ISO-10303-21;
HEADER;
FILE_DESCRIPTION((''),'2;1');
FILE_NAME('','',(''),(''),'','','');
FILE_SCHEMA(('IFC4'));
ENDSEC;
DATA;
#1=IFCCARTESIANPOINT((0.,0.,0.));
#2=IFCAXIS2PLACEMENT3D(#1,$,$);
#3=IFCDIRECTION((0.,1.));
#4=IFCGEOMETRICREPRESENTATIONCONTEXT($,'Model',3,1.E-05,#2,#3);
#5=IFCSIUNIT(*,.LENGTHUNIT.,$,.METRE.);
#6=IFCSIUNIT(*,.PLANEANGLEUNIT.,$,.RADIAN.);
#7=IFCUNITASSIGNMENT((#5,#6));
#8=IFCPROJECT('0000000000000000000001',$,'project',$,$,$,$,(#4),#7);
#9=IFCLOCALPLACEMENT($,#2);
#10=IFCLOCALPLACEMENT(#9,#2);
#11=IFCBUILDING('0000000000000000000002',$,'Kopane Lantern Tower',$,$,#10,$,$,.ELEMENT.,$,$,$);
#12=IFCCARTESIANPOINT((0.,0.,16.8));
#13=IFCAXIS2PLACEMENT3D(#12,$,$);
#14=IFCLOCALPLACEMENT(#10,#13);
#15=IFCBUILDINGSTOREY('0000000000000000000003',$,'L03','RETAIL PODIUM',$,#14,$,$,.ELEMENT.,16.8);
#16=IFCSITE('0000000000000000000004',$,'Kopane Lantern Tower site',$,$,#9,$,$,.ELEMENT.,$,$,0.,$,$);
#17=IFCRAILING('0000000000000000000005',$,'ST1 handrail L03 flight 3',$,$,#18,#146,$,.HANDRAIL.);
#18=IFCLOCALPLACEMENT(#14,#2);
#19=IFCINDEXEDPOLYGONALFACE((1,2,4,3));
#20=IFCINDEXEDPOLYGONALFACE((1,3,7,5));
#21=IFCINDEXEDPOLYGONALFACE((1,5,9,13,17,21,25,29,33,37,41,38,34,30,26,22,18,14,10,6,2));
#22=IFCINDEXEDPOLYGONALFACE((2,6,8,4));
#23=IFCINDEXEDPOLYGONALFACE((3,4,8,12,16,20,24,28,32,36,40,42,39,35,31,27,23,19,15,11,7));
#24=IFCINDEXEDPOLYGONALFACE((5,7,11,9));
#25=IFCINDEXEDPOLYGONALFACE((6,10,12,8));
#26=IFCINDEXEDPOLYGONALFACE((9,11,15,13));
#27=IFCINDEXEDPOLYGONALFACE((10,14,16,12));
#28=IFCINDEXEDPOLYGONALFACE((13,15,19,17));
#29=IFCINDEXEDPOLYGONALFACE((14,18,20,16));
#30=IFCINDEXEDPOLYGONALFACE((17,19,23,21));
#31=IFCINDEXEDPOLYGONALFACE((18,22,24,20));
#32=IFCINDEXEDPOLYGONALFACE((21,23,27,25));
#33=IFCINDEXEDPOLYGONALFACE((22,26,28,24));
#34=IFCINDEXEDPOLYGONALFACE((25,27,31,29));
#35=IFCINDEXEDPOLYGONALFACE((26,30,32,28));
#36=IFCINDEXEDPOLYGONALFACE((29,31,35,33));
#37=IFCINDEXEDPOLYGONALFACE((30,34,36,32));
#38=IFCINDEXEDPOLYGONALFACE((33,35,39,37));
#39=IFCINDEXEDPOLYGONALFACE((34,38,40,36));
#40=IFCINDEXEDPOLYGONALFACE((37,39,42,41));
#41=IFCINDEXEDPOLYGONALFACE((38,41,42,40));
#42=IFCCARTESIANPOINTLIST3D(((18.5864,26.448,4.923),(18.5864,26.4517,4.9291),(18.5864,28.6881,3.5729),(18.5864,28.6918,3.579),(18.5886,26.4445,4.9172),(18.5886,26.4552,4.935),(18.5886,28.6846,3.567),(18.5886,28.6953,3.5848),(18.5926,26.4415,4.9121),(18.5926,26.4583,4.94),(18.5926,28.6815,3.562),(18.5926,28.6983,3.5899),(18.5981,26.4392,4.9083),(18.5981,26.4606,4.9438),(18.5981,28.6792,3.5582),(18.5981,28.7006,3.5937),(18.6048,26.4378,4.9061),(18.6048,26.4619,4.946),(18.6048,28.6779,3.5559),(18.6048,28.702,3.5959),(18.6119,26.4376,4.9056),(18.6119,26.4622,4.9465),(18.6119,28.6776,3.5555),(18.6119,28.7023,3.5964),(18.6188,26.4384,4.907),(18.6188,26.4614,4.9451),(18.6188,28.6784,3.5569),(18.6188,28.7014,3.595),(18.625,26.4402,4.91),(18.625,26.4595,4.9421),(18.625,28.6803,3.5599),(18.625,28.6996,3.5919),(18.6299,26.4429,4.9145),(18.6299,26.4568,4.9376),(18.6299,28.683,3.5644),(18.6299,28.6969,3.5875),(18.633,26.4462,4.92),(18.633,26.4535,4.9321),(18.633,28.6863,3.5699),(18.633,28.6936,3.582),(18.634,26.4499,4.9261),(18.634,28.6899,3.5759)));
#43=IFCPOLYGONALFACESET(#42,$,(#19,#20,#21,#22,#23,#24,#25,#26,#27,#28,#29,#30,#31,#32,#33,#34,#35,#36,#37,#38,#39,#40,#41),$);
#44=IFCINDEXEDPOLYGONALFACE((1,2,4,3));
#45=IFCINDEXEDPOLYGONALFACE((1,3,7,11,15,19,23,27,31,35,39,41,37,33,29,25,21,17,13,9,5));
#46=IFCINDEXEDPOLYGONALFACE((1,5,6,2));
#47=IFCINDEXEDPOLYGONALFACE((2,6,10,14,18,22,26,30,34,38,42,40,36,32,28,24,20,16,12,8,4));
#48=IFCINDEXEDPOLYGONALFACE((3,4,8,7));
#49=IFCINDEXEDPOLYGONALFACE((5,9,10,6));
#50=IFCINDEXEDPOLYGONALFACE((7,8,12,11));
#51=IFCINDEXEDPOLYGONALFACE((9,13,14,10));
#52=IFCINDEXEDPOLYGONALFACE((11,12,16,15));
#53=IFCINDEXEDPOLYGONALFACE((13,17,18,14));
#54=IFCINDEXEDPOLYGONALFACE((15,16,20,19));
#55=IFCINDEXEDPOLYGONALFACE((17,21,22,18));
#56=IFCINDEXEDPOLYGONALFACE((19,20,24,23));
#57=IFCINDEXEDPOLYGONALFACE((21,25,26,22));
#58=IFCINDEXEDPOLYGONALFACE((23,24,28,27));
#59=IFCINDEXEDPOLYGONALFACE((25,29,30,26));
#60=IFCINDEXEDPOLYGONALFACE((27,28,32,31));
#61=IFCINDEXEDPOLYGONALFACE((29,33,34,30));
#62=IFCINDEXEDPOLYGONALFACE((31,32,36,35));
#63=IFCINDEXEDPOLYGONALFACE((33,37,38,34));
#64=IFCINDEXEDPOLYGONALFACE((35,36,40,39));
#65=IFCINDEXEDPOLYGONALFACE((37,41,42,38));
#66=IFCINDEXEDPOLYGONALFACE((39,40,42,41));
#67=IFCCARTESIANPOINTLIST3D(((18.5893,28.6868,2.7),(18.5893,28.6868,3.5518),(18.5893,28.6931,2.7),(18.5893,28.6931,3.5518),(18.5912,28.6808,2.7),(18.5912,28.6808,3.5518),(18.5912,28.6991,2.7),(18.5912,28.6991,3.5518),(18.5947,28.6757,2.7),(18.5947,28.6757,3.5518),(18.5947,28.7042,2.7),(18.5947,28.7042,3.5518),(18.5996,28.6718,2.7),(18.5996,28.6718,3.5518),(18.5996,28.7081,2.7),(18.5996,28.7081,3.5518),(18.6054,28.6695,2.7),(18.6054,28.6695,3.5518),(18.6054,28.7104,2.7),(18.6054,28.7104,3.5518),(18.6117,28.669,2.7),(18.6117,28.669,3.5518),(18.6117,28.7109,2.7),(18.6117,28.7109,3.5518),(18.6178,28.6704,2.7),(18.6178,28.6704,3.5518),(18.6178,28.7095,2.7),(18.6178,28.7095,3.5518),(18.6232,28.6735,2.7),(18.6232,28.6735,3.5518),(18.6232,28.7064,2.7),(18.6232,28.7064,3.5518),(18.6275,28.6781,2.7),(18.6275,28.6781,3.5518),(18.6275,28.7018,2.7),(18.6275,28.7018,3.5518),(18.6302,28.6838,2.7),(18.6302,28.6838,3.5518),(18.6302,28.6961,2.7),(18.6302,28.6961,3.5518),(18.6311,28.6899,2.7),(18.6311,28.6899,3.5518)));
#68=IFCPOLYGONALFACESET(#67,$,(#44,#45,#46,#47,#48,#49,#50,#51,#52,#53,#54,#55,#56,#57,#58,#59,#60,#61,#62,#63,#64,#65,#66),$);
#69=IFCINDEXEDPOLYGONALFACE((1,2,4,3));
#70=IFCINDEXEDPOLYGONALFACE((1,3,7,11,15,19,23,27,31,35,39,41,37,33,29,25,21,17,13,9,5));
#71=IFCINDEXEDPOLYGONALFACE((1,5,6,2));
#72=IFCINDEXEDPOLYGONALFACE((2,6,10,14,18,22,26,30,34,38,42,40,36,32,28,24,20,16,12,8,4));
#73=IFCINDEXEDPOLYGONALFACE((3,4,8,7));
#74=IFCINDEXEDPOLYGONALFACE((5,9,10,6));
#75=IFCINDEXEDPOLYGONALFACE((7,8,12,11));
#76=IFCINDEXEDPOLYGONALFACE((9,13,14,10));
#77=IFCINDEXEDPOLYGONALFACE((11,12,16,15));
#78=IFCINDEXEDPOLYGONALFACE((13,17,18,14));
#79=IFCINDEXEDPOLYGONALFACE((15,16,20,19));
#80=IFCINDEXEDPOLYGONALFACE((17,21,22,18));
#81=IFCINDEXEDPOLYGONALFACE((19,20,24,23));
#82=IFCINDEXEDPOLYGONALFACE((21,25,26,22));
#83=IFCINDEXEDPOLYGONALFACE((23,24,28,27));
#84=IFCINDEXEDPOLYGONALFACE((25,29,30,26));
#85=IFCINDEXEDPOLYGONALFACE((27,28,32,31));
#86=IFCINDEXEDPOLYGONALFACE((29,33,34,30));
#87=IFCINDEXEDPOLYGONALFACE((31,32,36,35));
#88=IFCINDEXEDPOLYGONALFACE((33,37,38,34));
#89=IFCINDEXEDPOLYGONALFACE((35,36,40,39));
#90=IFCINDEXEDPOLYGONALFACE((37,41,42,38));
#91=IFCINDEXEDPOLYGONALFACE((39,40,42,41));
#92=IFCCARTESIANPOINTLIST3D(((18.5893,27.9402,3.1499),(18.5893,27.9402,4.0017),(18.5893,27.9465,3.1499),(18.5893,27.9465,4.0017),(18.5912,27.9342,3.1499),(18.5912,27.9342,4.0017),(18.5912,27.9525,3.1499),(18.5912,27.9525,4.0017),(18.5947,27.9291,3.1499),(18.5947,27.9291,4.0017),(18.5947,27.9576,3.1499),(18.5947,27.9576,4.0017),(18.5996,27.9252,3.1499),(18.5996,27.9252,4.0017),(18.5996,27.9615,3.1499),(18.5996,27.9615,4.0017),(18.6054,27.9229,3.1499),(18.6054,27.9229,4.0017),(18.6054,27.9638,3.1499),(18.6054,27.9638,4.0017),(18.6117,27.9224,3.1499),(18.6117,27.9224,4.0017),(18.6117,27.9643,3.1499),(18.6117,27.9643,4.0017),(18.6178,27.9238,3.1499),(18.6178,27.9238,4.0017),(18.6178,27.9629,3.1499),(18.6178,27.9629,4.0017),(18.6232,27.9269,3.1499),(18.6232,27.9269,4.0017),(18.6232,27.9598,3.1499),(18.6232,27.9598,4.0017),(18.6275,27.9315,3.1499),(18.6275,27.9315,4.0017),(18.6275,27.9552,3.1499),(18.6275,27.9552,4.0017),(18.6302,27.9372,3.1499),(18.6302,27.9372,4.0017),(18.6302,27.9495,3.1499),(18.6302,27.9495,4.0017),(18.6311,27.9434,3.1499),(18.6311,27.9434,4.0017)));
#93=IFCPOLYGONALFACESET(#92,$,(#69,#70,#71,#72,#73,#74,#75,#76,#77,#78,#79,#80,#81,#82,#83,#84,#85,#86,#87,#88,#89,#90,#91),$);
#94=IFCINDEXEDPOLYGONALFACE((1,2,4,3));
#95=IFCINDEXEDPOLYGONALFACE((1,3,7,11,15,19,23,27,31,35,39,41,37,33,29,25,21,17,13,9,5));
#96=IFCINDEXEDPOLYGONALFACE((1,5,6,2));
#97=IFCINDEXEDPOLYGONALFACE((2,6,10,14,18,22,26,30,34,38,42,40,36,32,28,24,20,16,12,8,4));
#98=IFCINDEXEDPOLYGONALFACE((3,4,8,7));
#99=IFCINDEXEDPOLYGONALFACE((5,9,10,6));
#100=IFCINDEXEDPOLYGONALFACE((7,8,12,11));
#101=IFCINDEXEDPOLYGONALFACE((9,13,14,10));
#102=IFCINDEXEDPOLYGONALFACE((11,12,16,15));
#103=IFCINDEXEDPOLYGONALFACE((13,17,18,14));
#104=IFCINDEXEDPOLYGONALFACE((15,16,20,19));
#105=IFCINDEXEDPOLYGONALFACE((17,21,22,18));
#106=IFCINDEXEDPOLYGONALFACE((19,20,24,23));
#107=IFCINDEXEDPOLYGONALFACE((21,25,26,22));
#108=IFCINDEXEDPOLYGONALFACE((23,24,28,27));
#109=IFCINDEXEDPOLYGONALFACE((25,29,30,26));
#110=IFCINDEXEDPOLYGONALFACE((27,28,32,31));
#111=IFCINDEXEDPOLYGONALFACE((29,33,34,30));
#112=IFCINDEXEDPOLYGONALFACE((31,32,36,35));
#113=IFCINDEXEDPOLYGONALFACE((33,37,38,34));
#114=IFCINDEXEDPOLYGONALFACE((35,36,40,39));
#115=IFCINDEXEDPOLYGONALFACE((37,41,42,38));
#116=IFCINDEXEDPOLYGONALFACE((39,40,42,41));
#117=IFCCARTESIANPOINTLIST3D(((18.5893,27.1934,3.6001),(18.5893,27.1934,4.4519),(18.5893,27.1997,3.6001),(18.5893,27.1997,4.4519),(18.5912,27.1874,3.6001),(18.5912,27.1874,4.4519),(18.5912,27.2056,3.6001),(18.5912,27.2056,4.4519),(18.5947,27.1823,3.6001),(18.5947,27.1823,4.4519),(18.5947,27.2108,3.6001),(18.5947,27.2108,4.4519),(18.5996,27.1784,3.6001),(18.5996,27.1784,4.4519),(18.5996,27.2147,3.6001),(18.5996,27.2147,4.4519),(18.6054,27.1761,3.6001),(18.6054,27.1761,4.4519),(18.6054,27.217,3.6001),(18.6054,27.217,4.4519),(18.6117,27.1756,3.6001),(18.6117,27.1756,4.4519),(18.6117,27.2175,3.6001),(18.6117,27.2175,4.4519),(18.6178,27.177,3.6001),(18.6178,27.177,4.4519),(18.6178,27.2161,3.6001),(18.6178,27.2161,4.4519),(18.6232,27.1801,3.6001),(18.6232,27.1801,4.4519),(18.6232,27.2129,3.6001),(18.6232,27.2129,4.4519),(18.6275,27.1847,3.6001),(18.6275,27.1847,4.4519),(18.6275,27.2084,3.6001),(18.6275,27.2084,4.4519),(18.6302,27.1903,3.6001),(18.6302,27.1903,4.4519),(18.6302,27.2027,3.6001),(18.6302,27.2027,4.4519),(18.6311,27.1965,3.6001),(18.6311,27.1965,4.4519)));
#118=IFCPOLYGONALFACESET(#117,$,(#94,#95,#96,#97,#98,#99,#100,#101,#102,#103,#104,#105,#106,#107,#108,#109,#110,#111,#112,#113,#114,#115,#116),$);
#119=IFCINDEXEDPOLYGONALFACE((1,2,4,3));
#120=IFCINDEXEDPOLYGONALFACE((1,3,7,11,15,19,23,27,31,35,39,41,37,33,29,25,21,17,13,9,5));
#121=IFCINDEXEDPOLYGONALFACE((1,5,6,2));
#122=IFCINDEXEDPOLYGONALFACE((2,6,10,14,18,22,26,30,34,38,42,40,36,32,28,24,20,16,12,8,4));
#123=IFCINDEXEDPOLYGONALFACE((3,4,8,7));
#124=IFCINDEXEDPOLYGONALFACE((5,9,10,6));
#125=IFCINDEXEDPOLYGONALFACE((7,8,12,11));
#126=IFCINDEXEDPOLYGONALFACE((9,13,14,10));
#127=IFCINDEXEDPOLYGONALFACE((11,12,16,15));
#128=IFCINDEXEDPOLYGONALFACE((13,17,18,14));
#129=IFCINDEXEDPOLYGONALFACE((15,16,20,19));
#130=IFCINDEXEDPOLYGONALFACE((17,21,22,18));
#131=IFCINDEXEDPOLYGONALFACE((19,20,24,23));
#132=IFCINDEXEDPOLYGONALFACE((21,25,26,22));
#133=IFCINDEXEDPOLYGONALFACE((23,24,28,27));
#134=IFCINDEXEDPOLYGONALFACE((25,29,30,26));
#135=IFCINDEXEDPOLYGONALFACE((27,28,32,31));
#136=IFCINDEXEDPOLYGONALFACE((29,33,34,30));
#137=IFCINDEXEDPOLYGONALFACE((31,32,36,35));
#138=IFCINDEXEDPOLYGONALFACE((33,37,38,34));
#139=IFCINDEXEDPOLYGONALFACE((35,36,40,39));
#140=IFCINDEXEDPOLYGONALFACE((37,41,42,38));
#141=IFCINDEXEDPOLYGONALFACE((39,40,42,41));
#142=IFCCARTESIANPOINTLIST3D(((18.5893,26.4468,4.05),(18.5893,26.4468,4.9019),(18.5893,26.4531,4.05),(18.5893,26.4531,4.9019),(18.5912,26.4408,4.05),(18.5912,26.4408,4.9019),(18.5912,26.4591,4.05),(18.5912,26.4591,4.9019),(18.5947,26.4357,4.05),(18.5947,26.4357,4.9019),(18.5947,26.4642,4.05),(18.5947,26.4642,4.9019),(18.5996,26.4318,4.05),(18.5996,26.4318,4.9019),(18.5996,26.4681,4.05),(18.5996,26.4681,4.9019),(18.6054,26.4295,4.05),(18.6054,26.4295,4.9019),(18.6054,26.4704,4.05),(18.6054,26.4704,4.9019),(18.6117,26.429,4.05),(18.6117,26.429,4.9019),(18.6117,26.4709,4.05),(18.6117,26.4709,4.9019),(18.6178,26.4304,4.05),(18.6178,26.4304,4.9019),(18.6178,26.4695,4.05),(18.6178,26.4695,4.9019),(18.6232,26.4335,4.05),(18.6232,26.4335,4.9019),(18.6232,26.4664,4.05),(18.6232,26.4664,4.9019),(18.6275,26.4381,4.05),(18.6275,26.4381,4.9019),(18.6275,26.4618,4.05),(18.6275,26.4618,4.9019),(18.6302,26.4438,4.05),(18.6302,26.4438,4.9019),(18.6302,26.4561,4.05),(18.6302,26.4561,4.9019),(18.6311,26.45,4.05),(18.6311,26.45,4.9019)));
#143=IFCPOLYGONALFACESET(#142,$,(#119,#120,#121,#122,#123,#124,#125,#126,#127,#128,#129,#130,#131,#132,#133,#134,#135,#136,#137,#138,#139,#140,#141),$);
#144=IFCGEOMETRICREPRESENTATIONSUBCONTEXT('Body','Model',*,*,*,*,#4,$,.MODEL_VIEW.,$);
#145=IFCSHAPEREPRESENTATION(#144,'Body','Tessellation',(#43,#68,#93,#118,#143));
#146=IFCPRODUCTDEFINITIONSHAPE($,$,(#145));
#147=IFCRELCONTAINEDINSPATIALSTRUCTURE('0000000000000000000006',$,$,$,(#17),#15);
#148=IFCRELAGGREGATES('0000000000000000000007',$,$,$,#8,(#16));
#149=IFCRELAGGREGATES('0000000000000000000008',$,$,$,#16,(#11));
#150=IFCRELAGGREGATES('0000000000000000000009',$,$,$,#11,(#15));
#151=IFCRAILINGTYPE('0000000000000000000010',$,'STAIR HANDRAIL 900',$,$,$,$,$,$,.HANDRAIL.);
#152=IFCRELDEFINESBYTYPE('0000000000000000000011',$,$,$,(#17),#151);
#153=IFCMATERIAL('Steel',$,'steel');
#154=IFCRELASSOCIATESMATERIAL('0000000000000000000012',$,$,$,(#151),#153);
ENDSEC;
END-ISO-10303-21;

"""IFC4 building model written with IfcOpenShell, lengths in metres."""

from ifc_helpers import new_model, si_unit, direction, frame, origin, origin_2d, place, context, subcontext, project, spatial, circle, extrude, material, type_object, element, save


model = new_model("IFC4")

# Units and contexts
model_context = context("Model", 3, precision=1e-05, world=origin(), true_north=direction((0.0, 1.0)))
body_context = subcontext(model_context, "Body", "Model", "MODEL_VIEW")
ifc_project = project(units=[si_unit("LENGTHUNIT", "METRE"), si_unit("PLANEANGLEUNIT", "RADIAN")], contexts=[model_context])

# Site, building, storey
site_placement = place(None, origin())
site = spatial("IfcSite", under=ifc_project, at=site_placement, Name="Kopane Lantern Tower site", CompositionType="ELEMENT", RefElevation=0.0)
building_placement = place(site_placement, origin())
building = spatial("IfcBuilding", under=site, at=building_placement, Name="Kopane Lantern Tower", CompositionType="ELEMENT")
storey_placement = place(building_placement, frame((0.0, 0.0, 16.8)))
storey = spatial("IfcBuildingStorey", under=building, at=storey_placement, Name="L03", Description="RETAIL PODIUM", CompositionType="ELEMENT", Elevation=16.8)

# Railing
ifc_material_1 = material(Name="Steel", Category="steel")
railing_type_1 = type_object("IfcRailingType", Name="STAIR HANDRAIL 900", PredefinedType="HANDRAIL", material=ifc_material_1)
for number, where, name in (
    (1, (18.6101, 28.6899, 2.7), "ST1 handrail L03 flight 3"),
):
    element("IfcRailing", number, at=place(storey_placement, frame(where)), inside=storey, type_object=railing_type_1, Name=name, PredefinedType="HANDRAIL", context=body_context, shape_type="SweptSolid", body=[
        extrude(circle(Radius=0.0239, at=origin_2d()), frame((0.0, 0.0, 0.876), z_axis=(0.0, -0.856462, 0.516211), x_axis=(1.0, 0.0, 0.0)), (0.0, 0.0, 1.0), 2.6155),
        extrude(circle(Radius=0.021, at=origin_2d()), origin(), (0.0, 0.0, 1.0), 0.8518),
        extrude(circle(Radius=0.021, at=origin_2d()), frame((0.0, -0.7466, 0.45)), (0.0, 0.0, 1.0), 0.8518),
        extrude(circle(Radius=0.021, at=origin_2d()), frame((0.0, -1.4934, 0.9001)), (0.0, 0.0, 1.0), 0.8518),
        extrude(circle(Radius=0.021, at=origin_2d()), frame((0.0, -2.24, 1.3501)), (0.0, 0.0, 1.0), 0.8518),
    ])

save(model, "model.ifc")
